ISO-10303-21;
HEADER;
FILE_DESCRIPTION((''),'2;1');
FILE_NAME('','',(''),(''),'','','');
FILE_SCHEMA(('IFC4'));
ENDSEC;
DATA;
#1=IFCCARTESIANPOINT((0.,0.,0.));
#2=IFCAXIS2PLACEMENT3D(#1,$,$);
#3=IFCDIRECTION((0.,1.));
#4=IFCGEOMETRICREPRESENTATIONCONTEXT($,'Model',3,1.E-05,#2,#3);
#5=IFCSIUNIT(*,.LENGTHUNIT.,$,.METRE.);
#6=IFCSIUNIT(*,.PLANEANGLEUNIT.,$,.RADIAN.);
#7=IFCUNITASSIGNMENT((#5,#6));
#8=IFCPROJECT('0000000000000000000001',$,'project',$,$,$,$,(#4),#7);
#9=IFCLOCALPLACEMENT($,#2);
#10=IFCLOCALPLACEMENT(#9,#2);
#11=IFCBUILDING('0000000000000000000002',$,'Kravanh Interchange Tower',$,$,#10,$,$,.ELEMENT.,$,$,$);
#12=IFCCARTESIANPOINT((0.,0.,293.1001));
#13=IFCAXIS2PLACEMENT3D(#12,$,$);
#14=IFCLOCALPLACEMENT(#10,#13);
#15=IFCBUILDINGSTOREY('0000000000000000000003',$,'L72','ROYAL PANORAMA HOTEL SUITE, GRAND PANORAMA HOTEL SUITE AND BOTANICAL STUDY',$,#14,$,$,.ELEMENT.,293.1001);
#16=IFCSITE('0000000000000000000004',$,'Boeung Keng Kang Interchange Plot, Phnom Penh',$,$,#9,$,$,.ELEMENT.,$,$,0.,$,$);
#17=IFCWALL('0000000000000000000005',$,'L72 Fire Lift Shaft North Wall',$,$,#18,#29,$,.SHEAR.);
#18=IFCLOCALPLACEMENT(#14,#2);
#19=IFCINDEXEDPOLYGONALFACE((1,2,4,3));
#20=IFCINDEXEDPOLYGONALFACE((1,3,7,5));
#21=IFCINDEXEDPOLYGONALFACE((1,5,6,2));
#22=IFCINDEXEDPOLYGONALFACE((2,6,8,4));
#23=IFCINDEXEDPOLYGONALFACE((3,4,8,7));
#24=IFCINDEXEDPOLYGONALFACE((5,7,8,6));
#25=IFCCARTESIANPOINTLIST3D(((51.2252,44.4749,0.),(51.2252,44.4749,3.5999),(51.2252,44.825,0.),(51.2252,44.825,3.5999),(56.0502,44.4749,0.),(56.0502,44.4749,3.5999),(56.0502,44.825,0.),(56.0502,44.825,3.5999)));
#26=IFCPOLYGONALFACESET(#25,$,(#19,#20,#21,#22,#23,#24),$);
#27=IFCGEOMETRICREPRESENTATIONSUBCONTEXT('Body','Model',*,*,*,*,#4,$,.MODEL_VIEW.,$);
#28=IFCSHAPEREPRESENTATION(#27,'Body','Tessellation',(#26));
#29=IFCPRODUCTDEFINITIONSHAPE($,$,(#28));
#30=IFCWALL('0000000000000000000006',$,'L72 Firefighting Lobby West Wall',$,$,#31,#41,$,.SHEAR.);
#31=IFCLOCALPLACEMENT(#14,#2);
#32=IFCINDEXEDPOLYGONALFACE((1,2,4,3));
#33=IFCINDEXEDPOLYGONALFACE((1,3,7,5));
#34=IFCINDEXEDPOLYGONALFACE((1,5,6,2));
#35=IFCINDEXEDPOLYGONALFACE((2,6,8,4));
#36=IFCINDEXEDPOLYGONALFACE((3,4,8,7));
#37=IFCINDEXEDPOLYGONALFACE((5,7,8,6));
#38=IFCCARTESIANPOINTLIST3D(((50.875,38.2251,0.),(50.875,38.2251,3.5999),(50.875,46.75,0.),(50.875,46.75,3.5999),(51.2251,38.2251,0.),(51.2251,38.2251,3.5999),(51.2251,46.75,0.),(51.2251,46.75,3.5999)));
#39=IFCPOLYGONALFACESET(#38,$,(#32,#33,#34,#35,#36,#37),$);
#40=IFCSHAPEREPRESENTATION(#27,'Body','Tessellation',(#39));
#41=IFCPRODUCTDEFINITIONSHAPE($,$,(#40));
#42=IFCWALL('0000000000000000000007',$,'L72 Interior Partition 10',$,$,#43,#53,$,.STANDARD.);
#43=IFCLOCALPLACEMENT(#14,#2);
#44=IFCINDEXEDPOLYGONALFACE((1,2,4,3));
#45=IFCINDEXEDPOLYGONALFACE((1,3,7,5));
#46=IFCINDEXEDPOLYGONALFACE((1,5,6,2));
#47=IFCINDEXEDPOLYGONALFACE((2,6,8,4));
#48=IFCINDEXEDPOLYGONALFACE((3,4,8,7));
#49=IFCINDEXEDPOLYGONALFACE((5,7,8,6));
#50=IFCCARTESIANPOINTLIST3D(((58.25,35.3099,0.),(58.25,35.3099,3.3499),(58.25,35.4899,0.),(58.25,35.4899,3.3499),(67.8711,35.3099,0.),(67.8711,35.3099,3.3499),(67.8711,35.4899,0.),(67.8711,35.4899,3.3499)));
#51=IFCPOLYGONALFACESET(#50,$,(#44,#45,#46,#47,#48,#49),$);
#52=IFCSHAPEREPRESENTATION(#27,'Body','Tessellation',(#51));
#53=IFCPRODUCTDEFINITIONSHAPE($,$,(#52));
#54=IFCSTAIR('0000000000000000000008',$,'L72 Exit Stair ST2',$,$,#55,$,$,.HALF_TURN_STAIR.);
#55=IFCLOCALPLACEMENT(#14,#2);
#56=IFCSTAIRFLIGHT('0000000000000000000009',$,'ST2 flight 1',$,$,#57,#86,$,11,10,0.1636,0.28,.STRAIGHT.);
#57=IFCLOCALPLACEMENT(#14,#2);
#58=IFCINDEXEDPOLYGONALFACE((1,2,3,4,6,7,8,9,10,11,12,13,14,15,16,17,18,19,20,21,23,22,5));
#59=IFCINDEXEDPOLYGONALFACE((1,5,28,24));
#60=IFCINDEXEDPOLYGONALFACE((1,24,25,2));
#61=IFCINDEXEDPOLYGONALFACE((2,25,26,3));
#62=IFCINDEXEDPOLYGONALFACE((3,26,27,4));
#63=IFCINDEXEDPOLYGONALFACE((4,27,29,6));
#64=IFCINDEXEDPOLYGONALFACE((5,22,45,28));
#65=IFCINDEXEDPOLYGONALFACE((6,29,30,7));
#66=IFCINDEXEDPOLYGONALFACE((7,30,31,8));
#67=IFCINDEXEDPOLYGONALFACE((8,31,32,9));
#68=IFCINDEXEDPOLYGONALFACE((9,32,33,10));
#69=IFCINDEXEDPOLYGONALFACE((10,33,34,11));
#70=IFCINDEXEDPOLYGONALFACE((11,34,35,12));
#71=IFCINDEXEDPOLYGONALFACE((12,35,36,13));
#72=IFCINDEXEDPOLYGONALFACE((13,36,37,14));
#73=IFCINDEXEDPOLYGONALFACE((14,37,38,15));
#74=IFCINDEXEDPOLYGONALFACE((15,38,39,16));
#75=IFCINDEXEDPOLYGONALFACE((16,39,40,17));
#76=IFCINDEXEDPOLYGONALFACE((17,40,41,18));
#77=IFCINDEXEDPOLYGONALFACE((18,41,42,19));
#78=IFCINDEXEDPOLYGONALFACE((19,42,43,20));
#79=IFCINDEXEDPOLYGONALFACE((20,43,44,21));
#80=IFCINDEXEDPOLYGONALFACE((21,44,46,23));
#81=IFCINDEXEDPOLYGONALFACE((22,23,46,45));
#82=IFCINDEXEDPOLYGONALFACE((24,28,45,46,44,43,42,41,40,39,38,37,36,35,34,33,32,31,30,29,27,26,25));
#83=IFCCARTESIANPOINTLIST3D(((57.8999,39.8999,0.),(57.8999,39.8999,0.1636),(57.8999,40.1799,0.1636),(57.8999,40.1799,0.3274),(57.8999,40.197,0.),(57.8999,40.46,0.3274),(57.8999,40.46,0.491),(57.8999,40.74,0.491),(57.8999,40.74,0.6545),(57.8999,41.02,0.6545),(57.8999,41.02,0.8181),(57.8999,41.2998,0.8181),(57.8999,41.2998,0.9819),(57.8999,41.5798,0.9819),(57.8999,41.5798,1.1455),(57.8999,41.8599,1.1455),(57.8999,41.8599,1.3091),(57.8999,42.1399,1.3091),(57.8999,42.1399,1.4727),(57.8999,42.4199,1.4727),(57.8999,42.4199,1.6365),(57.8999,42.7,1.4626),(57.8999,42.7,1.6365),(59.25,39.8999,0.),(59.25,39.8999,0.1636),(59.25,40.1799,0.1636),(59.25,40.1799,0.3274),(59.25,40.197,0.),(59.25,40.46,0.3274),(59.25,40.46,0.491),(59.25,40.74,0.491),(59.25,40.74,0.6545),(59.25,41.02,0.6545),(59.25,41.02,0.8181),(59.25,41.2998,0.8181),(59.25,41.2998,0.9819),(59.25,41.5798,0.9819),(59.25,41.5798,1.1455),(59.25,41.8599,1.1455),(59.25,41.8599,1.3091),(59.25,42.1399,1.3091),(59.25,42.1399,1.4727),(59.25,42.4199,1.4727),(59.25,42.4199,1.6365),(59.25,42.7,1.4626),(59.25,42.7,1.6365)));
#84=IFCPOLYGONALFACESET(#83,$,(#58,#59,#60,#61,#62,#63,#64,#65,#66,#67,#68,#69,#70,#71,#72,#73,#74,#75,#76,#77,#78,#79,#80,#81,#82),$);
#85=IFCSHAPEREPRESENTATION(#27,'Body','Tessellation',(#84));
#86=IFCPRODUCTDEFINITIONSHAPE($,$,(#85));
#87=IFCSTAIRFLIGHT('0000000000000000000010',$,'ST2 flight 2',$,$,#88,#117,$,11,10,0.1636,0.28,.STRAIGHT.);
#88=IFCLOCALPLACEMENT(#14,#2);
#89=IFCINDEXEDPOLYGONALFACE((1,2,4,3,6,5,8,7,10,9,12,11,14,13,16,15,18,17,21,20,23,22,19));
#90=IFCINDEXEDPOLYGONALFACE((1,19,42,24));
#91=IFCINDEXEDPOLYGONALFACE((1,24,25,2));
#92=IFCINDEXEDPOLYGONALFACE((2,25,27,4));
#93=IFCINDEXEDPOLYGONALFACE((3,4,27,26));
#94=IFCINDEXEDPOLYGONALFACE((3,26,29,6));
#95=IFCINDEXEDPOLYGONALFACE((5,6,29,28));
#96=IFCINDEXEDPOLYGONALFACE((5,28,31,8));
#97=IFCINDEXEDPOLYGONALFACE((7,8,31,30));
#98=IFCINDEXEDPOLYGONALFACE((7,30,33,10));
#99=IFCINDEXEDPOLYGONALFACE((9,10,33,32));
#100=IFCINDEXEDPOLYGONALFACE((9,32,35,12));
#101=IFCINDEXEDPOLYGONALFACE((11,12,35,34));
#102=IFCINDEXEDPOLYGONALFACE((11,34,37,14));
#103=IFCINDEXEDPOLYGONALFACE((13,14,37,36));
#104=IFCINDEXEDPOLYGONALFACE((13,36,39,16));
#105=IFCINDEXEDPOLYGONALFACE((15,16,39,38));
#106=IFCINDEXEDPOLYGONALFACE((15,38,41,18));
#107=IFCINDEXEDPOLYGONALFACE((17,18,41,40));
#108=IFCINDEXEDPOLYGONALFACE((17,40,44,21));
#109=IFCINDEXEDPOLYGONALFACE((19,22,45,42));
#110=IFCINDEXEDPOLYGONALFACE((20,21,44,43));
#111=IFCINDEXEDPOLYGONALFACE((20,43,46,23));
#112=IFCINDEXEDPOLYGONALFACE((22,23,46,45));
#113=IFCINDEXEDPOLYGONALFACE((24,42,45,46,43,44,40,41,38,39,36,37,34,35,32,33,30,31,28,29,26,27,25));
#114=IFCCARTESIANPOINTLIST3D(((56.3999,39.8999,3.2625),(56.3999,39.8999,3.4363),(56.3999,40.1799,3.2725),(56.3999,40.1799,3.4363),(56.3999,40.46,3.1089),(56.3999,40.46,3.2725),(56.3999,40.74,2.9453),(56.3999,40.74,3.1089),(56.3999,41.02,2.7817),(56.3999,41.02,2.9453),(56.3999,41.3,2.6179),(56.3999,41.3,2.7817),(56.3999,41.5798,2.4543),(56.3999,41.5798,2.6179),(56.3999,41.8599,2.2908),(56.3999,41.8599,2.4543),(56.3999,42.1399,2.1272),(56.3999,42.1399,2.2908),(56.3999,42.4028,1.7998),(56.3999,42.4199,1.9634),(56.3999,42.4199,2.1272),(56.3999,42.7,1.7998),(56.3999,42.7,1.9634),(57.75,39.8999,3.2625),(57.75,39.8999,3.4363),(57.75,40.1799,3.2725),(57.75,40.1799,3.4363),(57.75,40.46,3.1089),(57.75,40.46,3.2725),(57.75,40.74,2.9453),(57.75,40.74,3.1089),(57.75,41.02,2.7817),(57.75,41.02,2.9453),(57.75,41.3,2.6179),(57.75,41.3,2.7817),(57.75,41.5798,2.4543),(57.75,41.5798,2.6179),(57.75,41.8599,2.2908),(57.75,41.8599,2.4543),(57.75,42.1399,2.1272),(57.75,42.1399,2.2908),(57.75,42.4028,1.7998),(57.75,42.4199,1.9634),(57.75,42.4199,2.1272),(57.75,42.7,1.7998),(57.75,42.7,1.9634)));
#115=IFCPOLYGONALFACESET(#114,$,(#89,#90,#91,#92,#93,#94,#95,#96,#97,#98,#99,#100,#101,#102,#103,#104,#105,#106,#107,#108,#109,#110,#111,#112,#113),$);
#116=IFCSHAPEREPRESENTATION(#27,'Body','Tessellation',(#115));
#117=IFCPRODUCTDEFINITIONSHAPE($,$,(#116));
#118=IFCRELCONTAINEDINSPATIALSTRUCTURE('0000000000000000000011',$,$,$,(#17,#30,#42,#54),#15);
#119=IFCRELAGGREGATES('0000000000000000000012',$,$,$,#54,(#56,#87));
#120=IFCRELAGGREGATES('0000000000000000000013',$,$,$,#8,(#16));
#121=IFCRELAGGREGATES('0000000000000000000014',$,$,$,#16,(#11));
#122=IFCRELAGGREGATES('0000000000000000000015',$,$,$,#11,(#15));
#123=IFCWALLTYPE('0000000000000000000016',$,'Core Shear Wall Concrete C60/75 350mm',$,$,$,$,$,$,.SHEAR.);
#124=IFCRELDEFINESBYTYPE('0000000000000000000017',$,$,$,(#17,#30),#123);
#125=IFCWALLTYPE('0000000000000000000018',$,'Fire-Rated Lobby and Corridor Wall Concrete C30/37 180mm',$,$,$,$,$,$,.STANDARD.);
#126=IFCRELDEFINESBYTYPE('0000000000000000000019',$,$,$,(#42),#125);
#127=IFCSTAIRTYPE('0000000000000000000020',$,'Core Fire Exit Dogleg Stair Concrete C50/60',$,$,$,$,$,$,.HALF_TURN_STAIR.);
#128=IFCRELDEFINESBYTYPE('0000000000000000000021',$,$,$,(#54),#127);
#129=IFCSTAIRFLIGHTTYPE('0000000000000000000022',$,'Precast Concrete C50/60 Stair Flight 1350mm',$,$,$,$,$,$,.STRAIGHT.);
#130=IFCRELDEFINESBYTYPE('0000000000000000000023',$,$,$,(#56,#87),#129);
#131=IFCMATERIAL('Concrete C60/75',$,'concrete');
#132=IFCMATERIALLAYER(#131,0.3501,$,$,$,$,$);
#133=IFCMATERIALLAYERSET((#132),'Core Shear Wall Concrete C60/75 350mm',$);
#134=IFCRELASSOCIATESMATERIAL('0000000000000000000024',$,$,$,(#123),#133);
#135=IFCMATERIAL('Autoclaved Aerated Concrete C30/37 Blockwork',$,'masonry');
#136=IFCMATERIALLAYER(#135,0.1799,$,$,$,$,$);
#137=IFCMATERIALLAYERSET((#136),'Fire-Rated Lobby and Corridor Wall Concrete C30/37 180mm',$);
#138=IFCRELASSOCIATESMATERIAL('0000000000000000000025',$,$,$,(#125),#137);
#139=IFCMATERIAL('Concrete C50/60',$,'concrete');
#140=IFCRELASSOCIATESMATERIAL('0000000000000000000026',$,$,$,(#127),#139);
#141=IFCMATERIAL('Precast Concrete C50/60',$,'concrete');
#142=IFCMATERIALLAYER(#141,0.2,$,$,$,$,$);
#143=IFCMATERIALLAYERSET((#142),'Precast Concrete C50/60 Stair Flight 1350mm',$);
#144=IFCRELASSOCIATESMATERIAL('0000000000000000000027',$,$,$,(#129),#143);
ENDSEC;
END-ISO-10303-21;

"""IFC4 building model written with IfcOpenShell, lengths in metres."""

from ifc_helpers import new_model, si_unit, direction, frame, frame_2d, origin, place, context, subcontext, project, spatial, polyline, rectangle, outline, extrude, material, layer, layer_set, type_object, element, aggregate, save


model = new_model("IFC4")

# Units and contexts
model_context = context("Model", 3, precision=1e-05, world=origin(), true_north=direction((0.0, 1.0)))
body_context = subcontext(model_context, "Body", "Model", "MODEL_VIEW")
ifc_project = project(units=[si_unit("LENGTHUNIT", "METRE"), si_unit("PLANEANGLEUNIT", "RADIAN")], contexts=[model_context])

# Site, building, storey
site_placement = place(None, origin())
site = spatial("IfcSite", under=ifc_project, at=site_placement, Name="Boeung Keng Kang Interchange Plot, Phnom Penh", CompositionType="ELEMENT", RefElevation=0.0)
building_placement = place(site_placement, origin())
building = spatial("IfcBuilding", under=site, at=building_placement, Name="Kravanh Interchange Tower", CompositionType="ELEMENT")
storey_placement = place(building_placement, frame((0.0, 0.0, 293.1001)))
storey = spatial("IfcBuildingStorey", under=building, at=storey_placement, Name="L72", Description="ROYAL PANORAMA HOTEL SUITE, GRAND PANORAMA HOTEL SUITE AND BOTANICAL STUDY", CompositionType="ELEMENT", Elevation=293.1001)

# Shared definitions
ifc_material_1 = material(Name="Concrete C60/75", Category="concrete")
ifc_layer_1 = layer(ifc_material_1, 0.3501)
ifc_layer_set_1 = layer_set([ifc_layer_1], Name="Core Shear Wall Concrete C60/75 350mm")
wall_type_1 = type_object("IfcWallType", Name="Core Shear Wall Concrete C60/75 350mm", PredefinedType="SHEAR", material=ifc_layer_set_1)

# Walls
wall_1_placement = place(storey_placement, frame((51.2251, 44.6499, 0.0), z_axis=(0.0, 0.0, 1.0), x_axis=(1.0, 0.0, 0.0)))
element("IfcWall", 1, at=wall_1_placement, inside=storey, type_object=wall_type_1, Name="L72 Fire Lift Shaft North Wall", PredefinedType="SHEAR", context=body_context, shape_type="SweptSolid", body=[
    extrude(rectangle(XDim=4.825, YDim=0.3501, at=frame_2d((2.4126, 0.0))), origin(), (0.0, 0.0, 1.0), 3.5999),
])
wall_2_placement = place(storey_placement, frame((51.05, 38.2251, 0.0), z_axis=(0.0, 0.0, 1.0), x_axis=(0.0, 1.0, 0.0)))
element("IfcWall", 2, at=wall_2_placement, inside=storey, type_object=wall_type_1, Name="L72 Firefighting Lobby West Wall", PredefinedType="SHEAR", context=body_context, shape_type="SweptSolid", body=[
    extrude(rectangle(XDim=8.5249, YDim=0.3501, at=frame_2d((4.2625, 0.0))), origin(), (0.0, 0.0, 1.0), 3.5999),
])

# Wall
ifc_material_2 = material(Name="Autoclaved Aerated Concrete C30/37 Blockwork", Category="masonry")
ifc_layer_2 = layer(ifc_material_2, 0.1799)
ifc_layer_set_2 = layer_set([ifc_layer_2], Name="Fire-Rated Lobby and Corridor Wall Concrete C30/37 180mm")
wall_type_2 = type_object("IfcWallType", Name="Fire-Rated Lobby and Corridor Wall Concrete C30/37 180mm", PredefinedType="STANDARD", material=ifc_layer_set_2)
wall_3_placement = place(storey_placement, frame((58.25, 35.3999, 0.0), z_axis=(0.0, 0.0, 1.0), x_axis=(1.0, 0.0, 0.0)))
element("IfcWall", 3, at=wall_3_placement, inside=storey, type_object=wall_type_2, Name="L72 Interior Partition 10", PredefinedType="STANDARD", context=body_context, shape_type="SweptSolid", body=[
    extrude(rectangle(XDim=9.6211, YDim=0.1799, at=frame_2d((4.8105, 0.0))), origin(), (0.0, 0.0, 1.0), 3.3499),
])

# Stair, stair flights
ifc_material_3 = material(Name="Concrete C50/60", Category="concrete")
stair_type = type_object("IfcStairType", Name="Core Fire Exit Dogleg Stair Concrete C50/60", PredefinedType="HALF_TURN_STAIR", material=ifc_material_3)
stair_placement = place(storey_placement, origin())
stair = element("IfcStair", 4, at=stair_placement, inside=storey, type_object=stair_type, Name="L72 Exit Stair ST2", PredefinedType="HALF_TURN_STAIR")
ifc_material_4 = material(Name="Precast Concrete C50/60", Category="concrete")
ifc_layer_3 = layer(ifc_material_4, 0.2)
ifc_layer_set_3 = layer_set([ifc_layer_3], Name="Precast Concrete C50/60 Stair Flight 1350mm")
stair_flight_type = type_object("IfcStairFlightType", Name="Precast Concrete C50/60 Stair Flight 1350mm", PredefinedType="STRAIGHT", material=ifc_layer_set_3)
stair_flight_1_placement = place(storey_placement, frame((58.575, 39.8999, 0.0), z_axis=(0.0, 0.0, 1.0), x_axis=(0.0, 1.0, 0.0)))
stair_flight_1 = element("IfcStairFlight", 5, at=stair_flight_1_placement, type_object=stair_flight_type, Name="ST2 flight 1", NumberOfRisers=11, NumberOfTreads=10, PredefinedType="STRAIGHT", RiserHeight=0.1636, TreadLength=0.28, context=body_context, shape_type="SweptSolid", body=[
    extrude(outline(polyline([(0.0, 0.0), (0.0, 0.1636), (0.28, 0.1636), (0.28, 0.3274), (0.5601, 0.3274), (0.5601, 0.491), (0.8401, 0.491), (0.8401, 0.6545), (1.1201, 0.6545), (1.1201, 0.8181), (1.3999, 0.8181), (1.3999, 0.9819), (1.6799, 0.9819), (1.6799, 1.1455), (1.96, 1.1455), (1.96, 1.3091), (2.24, 1.3091), (2.24, 1.4727), (2.52, 1.4727), (2.52, 1.6365), (2.8, 1.6365), (2.8, 1.8), (2.8, 1.4626), (0.2971, 0.0), (0.0, 0.0)])), frame((0.0, 0.675, 0.0), z_axis=(0.0, -1.0, 0.0), x_axis=(1.0, 0.0, 0.0)), (0.0, 0.0, 1.0), 1.3501),
])
stair_flight_2_placement = place(storey_placement, frame((57.075, 42.7, 1.7998), z_axis=(0.0, 0.0, 1.0), x_axis=(0.0, -1.0, 0.0)))
stair_flight_2 = element("IfcStairFlight", 6, at=stair_flight_2_placement, type_object=stair_flight_type, Name="ST2 flight 2", NumberOfRisers=11, NumberOfTreads=10, PredefinedType="STRAIGHT", RiserHeight=0.1636, TreadLength=0.28, context=body_context, shape_type="SweptSolid", body=[
    extrude(outline(polyline([(0.0, 0.0), (0.0, 0.1636), (0.28, 0.1636), (0.28, 0.3274), (0.5601, 0.3274), (0.5601, 0.491), (0.8401, 0.491), (0.8401, 0.6545), (1.1201, 0.6545), (1.1201, 0.8181), (1.3999, 0.8181), (1.3999, 0.9819), (1.6799, 0.9819), (1.6799, 1.1455), (1.96, 1.1455), (1.96, 1.3091), (2.24, 1.3091), (2.24, 1.4727), (2.52, 1.4727), (2.52, 1.6365), (2.8, 1.6365), (2.8, 1.8), (2.8, 1.4626), (0.2971, 0.0), (0.0, 0.0)])), frame((0.0, 0.675, 0.0), z_axis=(0.0, -1.0, 0.0), x_axis=(1.0, 0.0, 0.0)), (0.0, 0.0, 1.0), 1.3501),
])
aggregate(stair, [stair_flight_1, stair_flight_2])

save(model, "model.ifc")
